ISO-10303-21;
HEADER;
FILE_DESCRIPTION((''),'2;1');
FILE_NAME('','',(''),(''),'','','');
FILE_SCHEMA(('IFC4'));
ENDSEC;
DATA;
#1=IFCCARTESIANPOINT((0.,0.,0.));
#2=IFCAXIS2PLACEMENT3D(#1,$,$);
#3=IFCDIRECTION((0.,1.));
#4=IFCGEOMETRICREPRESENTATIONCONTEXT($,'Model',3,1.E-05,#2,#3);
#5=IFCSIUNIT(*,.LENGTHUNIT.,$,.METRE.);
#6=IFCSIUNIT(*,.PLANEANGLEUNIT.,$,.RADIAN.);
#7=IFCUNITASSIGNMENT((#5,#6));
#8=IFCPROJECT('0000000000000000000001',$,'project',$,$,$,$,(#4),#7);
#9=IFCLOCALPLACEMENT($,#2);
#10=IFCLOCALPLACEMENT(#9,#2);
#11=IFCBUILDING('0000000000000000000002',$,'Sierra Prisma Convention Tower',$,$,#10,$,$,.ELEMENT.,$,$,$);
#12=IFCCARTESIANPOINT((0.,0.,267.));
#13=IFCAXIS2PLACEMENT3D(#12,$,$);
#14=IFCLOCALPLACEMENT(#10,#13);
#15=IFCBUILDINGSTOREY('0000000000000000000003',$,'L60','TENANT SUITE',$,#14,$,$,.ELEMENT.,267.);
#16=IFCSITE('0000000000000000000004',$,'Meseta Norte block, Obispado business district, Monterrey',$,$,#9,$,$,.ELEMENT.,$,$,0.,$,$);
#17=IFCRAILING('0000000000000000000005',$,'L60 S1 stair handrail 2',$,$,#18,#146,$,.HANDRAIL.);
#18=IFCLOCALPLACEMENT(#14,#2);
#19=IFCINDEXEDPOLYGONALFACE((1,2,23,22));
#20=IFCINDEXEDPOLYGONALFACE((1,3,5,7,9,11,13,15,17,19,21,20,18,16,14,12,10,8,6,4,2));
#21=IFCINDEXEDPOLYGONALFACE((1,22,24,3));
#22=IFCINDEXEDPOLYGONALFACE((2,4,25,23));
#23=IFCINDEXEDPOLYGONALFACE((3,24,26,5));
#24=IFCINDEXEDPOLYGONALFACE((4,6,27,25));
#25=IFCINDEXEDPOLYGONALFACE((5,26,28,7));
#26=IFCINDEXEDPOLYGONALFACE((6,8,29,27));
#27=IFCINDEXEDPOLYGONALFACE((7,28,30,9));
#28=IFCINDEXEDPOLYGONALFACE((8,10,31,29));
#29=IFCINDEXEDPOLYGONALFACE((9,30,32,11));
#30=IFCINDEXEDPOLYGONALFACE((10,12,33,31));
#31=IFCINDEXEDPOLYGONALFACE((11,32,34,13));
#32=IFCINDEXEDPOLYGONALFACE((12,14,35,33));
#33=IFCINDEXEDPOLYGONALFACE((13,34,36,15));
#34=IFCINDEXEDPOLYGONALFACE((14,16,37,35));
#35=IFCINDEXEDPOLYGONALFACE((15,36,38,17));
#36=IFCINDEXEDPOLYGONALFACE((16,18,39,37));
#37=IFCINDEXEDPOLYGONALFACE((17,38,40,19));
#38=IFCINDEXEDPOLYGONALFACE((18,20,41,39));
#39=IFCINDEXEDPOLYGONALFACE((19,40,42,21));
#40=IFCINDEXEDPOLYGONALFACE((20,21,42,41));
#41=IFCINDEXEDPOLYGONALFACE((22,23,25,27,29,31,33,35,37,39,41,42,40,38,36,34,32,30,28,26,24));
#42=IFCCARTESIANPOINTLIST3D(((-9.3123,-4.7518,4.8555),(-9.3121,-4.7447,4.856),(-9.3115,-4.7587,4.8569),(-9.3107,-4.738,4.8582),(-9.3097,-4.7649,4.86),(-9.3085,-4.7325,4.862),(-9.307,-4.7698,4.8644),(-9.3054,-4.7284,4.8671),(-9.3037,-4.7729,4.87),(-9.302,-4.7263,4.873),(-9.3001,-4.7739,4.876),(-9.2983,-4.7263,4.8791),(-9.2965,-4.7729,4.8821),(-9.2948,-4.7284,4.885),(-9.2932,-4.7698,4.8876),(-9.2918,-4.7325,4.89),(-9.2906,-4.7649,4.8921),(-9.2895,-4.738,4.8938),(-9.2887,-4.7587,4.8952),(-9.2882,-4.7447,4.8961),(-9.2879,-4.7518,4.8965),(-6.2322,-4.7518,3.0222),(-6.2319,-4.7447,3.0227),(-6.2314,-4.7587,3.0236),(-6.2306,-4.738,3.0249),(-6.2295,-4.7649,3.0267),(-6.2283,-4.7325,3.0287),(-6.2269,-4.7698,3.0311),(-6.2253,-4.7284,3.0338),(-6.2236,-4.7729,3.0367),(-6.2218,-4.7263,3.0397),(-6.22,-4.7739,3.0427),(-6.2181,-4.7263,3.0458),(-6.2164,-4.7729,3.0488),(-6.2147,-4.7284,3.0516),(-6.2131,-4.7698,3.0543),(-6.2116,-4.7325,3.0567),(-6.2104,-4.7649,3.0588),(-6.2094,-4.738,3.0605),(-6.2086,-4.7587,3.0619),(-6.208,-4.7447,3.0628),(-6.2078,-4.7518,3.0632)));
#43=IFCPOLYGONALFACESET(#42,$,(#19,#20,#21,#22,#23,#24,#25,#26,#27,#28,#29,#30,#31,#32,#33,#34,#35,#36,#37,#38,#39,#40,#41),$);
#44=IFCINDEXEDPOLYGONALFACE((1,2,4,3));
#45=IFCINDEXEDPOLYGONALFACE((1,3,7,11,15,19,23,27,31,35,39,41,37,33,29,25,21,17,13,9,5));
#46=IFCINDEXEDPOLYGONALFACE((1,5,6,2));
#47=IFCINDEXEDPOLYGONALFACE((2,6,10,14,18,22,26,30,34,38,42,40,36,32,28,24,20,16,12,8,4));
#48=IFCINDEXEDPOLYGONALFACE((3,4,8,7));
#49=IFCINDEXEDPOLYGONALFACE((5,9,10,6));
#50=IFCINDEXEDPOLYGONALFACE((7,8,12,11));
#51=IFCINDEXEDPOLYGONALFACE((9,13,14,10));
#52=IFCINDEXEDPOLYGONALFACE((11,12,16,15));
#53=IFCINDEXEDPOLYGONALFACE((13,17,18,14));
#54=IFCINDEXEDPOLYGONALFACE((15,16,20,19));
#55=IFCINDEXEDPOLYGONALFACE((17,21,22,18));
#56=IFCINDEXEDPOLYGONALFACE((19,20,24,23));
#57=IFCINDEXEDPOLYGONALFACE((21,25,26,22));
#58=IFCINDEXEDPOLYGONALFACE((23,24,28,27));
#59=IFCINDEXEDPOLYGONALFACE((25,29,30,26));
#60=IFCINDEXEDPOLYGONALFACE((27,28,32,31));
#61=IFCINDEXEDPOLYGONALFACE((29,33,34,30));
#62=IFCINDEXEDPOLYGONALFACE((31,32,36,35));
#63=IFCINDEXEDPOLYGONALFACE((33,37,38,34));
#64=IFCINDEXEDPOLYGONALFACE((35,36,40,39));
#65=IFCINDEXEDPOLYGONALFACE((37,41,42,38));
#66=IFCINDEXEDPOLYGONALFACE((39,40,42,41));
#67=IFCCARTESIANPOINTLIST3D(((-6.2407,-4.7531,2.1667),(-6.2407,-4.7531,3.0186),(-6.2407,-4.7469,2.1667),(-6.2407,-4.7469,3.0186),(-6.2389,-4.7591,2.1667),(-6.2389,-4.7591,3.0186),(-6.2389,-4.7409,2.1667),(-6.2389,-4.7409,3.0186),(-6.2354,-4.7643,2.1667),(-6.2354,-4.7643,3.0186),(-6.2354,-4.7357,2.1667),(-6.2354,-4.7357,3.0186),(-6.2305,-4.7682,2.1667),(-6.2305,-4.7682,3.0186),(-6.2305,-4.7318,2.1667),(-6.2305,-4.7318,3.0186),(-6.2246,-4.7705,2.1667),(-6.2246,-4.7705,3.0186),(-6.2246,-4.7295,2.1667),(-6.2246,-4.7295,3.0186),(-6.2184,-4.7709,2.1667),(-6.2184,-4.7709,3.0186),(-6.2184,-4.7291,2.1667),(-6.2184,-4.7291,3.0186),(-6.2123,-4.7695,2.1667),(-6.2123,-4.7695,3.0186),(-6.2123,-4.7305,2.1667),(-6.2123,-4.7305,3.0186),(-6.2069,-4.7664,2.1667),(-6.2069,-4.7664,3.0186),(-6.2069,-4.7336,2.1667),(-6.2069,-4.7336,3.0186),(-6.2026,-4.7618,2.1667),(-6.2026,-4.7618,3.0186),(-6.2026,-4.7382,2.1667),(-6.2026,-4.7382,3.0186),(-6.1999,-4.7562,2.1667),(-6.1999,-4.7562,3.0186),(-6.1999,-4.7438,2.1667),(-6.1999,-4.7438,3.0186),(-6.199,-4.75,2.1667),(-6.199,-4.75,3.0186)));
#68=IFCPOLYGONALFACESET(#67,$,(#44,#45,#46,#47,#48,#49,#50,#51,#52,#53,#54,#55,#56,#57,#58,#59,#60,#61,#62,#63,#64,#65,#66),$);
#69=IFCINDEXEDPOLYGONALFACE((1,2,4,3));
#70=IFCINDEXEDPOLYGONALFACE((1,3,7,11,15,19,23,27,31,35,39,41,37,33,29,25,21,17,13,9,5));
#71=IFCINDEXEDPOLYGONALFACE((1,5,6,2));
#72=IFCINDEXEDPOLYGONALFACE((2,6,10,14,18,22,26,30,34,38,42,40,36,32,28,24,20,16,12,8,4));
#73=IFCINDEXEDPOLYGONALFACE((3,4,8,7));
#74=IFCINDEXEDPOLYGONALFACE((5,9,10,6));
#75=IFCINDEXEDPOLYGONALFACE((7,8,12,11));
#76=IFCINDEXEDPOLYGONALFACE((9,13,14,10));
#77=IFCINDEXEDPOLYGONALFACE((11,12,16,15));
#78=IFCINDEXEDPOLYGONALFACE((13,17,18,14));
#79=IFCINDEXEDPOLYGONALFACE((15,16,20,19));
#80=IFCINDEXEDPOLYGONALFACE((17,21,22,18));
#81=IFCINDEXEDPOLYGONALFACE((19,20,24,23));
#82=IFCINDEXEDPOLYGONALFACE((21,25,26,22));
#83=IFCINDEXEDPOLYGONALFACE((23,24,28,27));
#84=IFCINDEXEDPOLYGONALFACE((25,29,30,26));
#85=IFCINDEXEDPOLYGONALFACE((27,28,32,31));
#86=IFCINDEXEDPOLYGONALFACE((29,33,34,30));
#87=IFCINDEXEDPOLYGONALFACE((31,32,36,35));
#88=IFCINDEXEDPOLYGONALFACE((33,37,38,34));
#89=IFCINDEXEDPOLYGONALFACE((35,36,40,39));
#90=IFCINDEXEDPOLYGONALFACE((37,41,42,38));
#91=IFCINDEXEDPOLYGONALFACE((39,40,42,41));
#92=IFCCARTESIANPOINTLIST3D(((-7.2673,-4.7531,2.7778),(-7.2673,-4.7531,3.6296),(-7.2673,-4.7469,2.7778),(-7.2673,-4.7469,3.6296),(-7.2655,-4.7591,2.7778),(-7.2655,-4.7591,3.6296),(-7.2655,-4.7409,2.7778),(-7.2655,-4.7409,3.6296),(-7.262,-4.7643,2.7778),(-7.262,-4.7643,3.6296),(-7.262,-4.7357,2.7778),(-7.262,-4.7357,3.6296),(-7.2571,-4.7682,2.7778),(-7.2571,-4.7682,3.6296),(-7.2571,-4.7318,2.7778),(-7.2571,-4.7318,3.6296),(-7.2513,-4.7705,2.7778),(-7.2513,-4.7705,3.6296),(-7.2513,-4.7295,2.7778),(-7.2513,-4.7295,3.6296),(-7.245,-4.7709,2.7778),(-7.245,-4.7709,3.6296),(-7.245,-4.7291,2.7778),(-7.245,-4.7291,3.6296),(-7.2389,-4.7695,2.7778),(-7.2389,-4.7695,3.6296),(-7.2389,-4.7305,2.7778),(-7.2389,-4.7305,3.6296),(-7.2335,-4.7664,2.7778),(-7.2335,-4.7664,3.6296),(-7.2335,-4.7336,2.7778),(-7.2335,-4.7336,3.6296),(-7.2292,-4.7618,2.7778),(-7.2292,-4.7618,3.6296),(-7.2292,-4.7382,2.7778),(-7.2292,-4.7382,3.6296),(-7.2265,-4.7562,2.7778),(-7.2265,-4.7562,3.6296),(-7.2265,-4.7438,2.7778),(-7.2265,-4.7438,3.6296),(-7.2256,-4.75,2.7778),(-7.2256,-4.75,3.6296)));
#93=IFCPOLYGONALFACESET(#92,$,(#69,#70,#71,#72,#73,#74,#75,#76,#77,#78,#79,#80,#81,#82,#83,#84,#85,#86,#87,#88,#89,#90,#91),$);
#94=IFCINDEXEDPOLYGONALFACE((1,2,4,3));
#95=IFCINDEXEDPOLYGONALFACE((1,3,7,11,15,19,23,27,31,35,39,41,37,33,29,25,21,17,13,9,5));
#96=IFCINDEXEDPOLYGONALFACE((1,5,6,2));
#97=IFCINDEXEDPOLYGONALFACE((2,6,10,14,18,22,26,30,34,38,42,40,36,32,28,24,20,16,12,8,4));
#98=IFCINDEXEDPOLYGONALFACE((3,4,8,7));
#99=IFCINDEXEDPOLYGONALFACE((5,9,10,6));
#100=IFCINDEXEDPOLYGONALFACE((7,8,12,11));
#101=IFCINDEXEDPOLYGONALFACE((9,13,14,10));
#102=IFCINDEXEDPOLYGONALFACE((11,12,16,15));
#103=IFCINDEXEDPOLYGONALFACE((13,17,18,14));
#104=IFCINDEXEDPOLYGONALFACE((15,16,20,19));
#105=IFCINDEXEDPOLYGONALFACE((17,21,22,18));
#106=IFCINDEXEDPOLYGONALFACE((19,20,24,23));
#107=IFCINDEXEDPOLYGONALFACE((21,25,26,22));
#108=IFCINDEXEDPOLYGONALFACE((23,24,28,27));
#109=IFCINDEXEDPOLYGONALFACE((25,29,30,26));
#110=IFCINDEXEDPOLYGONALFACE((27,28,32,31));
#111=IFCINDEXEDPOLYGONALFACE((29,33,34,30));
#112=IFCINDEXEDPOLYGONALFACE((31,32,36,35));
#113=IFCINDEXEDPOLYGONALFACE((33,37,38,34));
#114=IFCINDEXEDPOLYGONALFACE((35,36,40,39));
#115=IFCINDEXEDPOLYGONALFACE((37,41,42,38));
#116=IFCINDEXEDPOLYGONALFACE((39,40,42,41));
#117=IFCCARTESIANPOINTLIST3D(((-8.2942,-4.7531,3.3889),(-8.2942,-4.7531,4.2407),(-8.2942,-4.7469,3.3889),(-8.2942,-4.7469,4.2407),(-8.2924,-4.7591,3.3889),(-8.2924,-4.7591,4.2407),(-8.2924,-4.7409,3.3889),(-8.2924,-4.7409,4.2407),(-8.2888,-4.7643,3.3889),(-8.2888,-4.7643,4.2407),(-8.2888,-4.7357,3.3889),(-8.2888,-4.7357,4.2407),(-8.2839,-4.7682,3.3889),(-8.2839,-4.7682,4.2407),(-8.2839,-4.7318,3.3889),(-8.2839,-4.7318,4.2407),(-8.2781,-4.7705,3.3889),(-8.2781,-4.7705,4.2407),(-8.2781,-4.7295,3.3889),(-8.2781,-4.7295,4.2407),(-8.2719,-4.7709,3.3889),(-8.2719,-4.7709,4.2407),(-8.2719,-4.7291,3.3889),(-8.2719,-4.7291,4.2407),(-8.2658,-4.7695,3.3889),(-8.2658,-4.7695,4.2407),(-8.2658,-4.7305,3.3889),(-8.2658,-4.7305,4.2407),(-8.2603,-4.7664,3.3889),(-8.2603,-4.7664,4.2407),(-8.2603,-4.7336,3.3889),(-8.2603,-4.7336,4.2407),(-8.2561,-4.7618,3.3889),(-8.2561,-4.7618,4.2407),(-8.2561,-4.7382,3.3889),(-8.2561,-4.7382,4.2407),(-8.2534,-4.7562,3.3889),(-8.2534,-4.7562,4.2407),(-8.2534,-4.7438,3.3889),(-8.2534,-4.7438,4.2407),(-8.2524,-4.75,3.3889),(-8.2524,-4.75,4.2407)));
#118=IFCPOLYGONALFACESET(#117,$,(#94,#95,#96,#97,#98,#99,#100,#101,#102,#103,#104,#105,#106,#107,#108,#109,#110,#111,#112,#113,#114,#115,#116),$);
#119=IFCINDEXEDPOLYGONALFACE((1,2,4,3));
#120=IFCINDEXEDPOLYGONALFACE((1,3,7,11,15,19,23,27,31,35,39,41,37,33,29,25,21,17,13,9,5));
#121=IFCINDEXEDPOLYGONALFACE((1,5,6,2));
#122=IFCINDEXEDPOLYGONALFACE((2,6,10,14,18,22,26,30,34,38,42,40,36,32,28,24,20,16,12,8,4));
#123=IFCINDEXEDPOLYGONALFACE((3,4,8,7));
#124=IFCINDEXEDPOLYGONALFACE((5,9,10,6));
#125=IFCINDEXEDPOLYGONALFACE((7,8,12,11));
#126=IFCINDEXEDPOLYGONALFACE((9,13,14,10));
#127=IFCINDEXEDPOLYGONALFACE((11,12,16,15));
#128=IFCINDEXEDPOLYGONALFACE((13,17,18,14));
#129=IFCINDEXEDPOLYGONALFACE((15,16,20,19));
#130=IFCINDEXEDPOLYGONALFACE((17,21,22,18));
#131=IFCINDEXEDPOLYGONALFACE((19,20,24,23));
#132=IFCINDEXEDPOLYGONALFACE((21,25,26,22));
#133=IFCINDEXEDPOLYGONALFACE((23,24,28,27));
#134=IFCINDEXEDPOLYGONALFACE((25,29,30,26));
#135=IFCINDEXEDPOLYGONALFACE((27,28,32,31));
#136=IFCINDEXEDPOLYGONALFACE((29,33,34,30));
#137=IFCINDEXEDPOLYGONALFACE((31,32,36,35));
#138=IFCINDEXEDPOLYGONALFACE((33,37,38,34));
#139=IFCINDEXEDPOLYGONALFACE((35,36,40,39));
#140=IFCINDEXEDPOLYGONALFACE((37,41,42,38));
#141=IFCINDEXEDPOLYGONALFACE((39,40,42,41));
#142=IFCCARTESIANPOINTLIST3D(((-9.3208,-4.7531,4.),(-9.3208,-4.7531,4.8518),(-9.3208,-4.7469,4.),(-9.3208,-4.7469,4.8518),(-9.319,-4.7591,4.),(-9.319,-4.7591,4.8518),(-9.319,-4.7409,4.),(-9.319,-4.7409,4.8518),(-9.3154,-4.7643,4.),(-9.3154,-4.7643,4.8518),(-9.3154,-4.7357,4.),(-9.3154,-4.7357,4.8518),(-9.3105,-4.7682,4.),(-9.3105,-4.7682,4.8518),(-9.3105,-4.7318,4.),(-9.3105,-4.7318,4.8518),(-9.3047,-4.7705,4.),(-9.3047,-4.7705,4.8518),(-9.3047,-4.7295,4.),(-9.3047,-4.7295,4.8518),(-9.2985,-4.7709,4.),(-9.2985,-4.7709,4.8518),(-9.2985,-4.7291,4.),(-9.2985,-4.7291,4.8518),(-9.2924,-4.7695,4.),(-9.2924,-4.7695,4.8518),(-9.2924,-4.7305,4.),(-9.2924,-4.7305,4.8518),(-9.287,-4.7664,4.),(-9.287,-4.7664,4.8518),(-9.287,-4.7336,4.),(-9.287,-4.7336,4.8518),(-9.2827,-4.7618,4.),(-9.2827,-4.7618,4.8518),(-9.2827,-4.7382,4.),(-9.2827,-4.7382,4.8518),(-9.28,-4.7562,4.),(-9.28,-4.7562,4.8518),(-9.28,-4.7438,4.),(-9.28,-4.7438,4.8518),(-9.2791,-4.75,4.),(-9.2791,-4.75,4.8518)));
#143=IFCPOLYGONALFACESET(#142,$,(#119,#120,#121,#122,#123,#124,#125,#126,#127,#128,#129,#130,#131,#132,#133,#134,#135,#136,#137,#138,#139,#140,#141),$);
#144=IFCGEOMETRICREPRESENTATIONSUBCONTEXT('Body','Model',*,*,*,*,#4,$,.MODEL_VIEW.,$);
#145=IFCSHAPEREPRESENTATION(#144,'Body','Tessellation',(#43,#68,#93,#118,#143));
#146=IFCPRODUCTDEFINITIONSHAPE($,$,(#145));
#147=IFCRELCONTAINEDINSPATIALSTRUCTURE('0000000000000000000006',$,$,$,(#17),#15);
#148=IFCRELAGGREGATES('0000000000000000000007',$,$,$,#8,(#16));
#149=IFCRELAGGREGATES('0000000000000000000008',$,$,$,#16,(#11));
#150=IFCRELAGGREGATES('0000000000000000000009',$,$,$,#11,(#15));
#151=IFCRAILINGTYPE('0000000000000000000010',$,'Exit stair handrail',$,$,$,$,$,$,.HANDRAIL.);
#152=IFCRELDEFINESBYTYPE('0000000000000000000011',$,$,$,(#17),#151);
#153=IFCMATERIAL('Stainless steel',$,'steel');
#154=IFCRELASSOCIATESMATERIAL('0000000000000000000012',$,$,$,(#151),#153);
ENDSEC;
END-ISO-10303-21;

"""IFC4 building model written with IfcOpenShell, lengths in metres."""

from ifc_helpers import new_model, si_unit, direction, frame, origin, origin_2d, place, context, subcontext, project, spatial, circle, extrude, material, type_object, element, save


model = new_model("IFC4")

# Units and contexts
model_context = context("Model", 3, precision=1e-05, world=origin(), true_north=direction((0.0, 1.0)))
body_context = subcontext(model_context, "Body", "Model", "MODEL_VIEW")
ifc_project = project(units=[si_unit("LENGTHUNIT", "METRE"), si_unit("PLANEANGLEUNIT", "RADIAN")], contexts=[model_context])

# Site, building, storey
site_placement = place(None, origin())
site = spatial("IfcSite", under=ifc_project, at=site_placement, Name="Meseta Norte block, Obispado business district, Monterrey", CompositionType="ELEMENT", RefElevation=0.0)
building_placement = place(site_placement, origin())
building = spatial("IfcBuilding", under=site, at=building_placement, Name="Sierra Prisma Convention Tower", CompositionType="ELEMENT")
storey_placement = place(building_placement, frame((0.0, 0.0, 267.0)))
storey = spatial("IfcBuildingStorey", under=building, at=storey_placement, Name="L60", Description="TENANT SUITE", CompositionType="ELEMENT", Elevation=267.0)

# Railing
ifc_material_1 = material(Name="Stainless steel", Category="steel")
railing_type_1 = type_object("IfcRailingType", Name="Exit stair handrail", PredefinedType="HANDRAIL", material=ifc_material_1)
railing_1_placement = place(storey_placement, frame((-6.22, -4.75, 2.1667)))
element("IfcRailing", 1, at=railing_1_placement, inside=storey, type_object=railing_type_1, Name="L60 S1 stair handrail 2", PredefinedType="HANDRAIL", context=body_context, shape_type="SweptSolid", body=[
    extrude(circle(Radius=0.0239, at=origin_2d()), frame((0.0, 0.0, 0.876), z_axis=(-0.859309, 0.0, 0.511458), x_axis=(0.0, -1.0, 0.0)), (0.0, 0.0, 1.0), 3.5845),
    extrude(circle(Radius=0.021, at=origin_2d()), origin(), (0.0, 0.0, 1.0), 0.8518),
    extrude(circle(Radius=0.021, at=origin_2d()), frame((-1.0266, 0.0, 0.6111)), (0.0, 0.0, 1.0), 0.8518),
    extrude(circle(Radius=0.021, at=origin_2d()), frame((-2.0535, 0.0, 1.2222)), (0.0, 0.0, 1.0), 0.8518),
    extrude(circle(Radius=0.021, at=origin_2d()), frame((-3.0801, 0.0, 1.8333)), (0.0, 0.0, 1.0), 0.8518),
])

save(model, "model.ifc")
